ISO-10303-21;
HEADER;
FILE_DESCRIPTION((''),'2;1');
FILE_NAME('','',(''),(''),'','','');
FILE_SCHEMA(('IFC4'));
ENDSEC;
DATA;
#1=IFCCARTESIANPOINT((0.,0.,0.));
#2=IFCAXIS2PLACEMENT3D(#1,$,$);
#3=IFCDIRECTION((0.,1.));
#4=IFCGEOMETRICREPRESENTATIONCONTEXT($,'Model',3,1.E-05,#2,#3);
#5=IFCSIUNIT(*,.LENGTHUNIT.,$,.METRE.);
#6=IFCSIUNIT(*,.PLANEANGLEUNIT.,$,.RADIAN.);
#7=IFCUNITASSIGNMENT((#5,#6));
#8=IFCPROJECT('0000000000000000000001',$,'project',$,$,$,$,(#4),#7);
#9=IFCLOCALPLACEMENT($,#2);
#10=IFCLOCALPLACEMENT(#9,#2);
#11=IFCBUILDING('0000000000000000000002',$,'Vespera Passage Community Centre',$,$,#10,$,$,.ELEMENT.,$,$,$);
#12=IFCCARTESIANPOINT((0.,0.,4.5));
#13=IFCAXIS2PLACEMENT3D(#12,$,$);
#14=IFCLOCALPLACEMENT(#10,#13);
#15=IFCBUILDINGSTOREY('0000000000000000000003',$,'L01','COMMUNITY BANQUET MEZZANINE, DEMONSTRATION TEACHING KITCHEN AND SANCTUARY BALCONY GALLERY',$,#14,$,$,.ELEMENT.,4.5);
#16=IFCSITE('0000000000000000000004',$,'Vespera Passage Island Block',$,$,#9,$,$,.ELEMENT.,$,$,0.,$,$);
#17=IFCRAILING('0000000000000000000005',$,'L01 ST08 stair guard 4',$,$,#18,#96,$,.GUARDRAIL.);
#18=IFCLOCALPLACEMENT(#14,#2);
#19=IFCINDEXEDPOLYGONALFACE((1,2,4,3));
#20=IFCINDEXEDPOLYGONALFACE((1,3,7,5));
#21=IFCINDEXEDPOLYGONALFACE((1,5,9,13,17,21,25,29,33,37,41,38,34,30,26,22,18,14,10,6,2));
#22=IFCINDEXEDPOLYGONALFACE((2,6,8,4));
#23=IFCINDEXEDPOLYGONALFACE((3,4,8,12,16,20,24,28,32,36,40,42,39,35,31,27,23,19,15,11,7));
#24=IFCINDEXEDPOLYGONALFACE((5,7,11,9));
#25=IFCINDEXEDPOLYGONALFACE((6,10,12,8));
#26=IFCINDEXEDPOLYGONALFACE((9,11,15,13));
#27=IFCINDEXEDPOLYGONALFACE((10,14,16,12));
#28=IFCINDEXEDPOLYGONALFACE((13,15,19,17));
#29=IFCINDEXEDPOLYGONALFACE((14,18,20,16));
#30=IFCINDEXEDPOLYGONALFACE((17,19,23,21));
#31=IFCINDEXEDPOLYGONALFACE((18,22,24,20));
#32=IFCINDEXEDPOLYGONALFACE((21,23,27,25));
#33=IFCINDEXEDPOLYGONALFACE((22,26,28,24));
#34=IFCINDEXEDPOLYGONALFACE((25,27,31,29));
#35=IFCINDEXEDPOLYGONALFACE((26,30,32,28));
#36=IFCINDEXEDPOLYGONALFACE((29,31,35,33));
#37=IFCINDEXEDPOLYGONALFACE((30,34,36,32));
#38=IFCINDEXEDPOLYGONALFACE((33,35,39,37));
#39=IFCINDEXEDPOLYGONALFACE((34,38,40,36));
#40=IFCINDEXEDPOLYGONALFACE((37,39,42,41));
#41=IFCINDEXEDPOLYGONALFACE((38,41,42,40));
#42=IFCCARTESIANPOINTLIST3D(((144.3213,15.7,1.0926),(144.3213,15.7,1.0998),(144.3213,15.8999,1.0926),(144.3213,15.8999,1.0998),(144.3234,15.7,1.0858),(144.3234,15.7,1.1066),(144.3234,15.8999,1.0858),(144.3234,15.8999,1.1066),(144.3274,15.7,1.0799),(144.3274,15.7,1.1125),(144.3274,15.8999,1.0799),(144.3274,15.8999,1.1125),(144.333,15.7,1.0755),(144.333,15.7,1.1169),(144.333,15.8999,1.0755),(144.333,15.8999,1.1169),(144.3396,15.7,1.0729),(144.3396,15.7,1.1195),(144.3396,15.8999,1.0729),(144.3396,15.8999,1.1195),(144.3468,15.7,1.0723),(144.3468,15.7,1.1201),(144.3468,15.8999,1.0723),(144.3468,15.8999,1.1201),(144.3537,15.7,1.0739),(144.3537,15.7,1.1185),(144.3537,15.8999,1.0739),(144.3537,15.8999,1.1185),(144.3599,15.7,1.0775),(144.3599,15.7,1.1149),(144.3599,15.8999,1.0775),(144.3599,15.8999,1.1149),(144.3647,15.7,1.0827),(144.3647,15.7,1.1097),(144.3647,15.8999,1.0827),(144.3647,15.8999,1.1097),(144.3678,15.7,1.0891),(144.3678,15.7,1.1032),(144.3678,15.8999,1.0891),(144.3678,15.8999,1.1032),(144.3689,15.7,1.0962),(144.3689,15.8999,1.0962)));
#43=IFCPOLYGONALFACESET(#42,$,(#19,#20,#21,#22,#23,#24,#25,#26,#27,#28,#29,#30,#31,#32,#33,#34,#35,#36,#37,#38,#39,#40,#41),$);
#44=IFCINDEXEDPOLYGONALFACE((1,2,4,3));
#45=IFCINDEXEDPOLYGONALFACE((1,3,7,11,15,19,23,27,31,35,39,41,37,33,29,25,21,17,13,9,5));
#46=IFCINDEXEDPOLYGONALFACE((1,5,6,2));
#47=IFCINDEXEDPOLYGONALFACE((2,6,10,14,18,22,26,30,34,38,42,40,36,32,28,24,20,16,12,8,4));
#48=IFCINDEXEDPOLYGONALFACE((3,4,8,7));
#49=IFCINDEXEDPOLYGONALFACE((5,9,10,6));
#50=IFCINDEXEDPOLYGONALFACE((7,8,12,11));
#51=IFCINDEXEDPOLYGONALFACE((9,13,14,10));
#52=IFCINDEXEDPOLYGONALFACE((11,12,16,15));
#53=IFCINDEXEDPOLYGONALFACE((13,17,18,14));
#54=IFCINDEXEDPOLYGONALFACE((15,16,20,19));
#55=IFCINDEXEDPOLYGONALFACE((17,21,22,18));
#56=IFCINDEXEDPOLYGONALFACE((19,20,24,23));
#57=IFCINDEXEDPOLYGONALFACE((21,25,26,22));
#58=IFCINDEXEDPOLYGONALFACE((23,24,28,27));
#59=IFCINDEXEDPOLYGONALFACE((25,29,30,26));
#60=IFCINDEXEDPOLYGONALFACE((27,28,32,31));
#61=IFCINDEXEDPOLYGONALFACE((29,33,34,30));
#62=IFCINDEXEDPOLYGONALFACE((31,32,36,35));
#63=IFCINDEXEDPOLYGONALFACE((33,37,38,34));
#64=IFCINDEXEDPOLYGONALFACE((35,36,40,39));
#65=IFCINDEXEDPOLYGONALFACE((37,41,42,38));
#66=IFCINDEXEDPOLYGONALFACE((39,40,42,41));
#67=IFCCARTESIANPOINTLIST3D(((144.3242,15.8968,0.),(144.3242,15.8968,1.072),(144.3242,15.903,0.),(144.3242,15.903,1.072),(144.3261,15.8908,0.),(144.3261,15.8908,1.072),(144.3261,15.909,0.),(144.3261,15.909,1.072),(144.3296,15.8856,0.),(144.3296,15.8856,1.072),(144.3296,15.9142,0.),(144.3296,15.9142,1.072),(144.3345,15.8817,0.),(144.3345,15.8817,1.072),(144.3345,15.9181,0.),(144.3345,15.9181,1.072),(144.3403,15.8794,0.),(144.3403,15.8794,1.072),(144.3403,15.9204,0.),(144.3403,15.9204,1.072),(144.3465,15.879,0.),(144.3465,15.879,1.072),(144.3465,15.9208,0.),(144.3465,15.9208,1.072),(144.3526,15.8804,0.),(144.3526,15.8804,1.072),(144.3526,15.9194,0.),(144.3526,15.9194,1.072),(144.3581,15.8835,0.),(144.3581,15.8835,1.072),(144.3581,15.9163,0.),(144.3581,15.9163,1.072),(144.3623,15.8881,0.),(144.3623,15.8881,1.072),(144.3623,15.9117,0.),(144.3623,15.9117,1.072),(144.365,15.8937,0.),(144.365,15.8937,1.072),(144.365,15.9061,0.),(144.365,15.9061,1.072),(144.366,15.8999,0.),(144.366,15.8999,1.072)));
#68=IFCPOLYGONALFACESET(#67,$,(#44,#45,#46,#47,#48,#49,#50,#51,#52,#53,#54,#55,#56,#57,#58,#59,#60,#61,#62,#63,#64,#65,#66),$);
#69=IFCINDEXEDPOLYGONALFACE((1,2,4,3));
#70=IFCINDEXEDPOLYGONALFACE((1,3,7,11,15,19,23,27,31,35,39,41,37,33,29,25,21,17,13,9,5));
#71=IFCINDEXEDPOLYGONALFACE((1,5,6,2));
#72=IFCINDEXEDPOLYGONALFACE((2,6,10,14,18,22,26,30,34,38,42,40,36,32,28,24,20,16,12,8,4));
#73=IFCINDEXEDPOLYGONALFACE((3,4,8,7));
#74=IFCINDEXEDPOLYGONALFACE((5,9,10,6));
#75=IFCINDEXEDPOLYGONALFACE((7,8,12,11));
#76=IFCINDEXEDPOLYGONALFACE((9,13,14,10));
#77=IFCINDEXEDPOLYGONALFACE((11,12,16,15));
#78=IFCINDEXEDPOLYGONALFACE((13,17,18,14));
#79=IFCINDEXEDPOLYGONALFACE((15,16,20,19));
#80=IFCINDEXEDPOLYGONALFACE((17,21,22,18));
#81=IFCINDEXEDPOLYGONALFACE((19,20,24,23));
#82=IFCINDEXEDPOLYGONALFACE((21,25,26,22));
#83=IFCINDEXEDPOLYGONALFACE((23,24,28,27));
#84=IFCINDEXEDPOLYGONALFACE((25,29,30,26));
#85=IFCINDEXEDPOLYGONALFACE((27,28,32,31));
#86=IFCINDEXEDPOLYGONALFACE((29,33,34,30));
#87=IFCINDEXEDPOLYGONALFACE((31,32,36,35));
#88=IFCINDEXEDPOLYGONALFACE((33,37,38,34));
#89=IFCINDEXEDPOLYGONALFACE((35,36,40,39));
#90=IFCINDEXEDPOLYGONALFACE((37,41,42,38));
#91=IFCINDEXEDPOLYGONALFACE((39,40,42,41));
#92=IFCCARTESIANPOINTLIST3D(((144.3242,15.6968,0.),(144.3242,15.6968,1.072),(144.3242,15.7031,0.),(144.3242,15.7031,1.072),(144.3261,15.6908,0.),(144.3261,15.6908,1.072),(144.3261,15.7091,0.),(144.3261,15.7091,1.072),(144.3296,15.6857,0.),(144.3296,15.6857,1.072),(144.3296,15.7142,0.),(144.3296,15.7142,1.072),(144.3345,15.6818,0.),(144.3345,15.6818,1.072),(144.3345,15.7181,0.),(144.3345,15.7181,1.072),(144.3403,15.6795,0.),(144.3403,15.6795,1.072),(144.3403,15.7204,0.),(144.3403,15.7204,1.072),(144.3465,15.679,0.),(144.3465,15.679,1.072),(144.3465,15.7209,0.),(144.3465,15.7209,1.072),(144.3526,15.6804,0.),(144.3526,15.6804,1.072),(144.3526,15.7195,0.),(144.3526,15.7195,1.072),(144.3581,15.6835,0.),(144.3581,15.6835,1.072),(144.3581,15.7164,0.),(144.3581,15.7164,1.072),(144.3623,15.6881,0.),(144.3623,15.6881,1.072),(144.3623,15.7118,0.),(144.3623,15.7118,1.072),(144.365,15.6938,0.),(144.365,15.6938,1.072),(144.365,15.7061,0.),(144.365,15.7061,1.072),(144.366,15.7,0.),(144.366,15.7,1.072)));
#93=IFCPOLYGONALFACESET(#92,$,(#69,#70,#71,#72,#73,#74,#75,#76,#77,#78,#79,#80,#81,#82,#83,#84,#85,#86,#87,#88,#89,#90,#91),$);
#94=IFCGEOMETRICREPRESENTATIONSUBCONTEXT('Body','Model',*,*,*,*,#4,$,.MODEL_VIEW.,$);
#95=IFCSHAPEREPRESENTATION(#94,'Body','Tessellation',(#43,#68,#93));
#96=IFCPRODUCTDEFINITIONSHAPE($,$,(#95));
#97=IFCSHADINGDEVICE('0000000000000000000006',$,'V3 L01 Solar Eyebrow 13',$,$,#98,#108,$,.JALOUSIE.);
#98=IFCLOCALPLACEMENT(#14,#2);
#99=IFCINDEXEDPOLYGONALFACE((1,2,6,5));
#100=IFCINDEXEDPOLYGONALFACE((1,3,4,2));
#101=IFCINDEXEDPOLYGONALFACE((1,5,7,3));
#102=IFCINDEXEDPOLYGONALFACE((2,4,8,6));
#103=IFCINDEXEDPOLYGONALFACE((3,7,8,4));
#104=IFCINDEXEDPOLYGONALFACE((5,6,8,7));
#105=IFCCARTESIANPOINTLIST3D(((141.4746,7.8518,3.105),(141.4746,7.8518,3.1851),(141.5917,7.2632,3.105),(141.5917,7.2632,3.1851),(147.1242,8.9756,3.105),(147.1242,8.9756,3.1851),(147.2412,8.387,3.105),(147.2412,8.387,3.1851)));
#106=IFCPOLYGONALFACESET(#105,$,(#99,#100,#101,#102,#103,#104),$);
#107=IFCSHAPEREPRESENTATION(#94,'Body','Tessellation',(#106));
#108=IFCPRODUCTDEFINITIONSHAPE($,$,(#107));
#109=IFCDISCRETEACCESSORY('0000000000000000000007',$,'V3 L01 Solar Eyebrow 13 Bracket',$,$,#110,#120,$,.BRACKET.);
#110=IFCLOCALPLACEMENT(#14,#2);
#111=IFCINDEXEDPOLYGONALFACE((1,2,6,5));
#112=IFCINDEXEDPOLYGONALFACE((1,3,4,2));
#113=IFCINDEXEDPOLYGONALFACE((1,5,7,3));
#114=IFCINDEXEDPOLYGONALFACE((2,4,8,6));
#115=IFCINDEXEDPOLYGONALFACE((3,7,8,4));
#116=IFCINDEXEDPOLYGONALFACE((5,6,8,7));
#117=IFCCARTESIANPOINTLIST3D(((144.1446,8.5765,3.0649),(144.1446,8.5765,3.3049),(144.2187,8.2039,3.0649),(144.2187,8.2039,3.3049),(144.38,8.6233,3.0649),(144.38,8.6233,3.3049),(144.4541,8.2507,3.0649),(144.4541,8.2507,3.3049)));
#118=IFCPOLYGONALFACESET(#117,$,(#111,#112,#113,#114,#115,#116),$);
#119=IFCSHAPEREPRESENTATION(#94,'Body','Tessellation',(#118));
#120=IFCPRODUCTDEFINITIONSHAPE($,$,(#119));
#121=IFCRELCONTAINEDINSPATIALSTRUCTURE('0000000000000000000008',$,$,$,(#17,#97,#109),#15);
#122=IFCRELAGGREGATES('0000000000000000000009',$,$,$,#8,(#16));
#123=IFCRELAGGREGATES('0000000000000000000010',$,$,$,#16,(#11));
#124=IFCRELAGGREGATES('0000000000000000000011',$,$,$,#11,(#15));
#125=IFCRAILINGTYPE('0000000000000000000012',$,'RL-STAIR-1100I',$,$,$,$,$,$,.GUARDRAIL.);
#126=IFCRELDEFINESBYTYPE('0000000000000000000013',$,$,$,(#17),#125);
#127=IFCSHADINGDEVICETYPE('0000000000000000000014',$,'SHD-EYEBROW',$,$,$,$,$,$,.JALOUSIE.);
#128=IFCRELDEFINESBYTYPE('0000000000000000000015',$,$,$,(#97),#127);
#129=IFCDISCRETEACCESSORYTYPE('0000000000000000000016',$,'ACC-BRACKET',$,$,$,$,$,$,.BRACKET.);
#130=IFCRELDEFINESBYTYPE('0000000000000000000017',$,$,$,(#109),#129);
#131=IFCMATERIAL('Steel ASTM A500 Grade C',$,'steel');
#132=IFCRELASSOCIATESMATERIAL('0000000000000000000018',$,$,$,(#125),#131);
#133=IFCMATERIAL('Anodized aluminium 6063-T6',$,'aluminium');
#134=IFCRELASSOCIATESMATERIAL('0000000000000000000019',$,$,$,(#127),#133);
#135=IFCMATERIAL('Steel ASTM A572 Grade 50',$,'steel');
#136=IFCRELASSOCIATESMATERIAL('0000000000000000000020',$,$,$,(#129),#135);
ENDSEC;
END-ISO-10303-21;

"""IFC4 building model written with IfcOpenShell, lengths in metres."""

from ifc_helpers import new_model, si_unit, direction, frame, origin, origin_2d, place, context, subcontext, project, spatial, rectangle, circle, extrude, material, type_object, element, save


model = new_model("IFC4")

# Units and contexts
model_context = context("Model", 3, precision=1e-05, world=origin(), true_north=direction((0.0, 1.0)))
body_context = subcontext(model_context, "Body", "Model", "MODEL_VIEW")
ifc_project = project(units=[si_unit("LENGTHUNIT", "METRE"), si_unit("PLANEANGLEUNIT", "RADIAN")], contexts=[model_context])

# Site, building, storey
site_placement = place(None, origin())
site = spatial("IfcSite", under=ifc_project, at=site_placement, Name="Vespera Passage Island Block", CompositionType="ELEMENT", RefElevation=0.0)
building_placement = place(site_placement, origin())
building = spatial("IfcBuilding", under=site, at=building_placement, Name="Vespera Passage Community Centre", CompositionType="ELEMENT")
storey_placement = place(building_placement, frame((0.0, 0.0, 4.5)))
storey = spatial("IfcBuildingStorey", under=building, at=storey_placement, Name="L01", Description="COMMUNITY BANQUET MEZZANINE, DEMONSTRATION TEACHING KITCHEN AND SANCTUARY BALCONY GALLERY", CompositionType="ELEMENT", Elevation=4.5)

# Railing
ifc_material_1 = material(Name="Steel ASTM A500 Grade C", Category="steel")
railing_type_1 = type_object("IfcRailingType", Name="RL-STAIR-1100I", PredefinedType="GUARDRAIL", material=ifc_material_1)
railing_1_placement = place(storey_placement, frame((144.345, 15.8999, 0.0)))
element("IfcRailing", 1, at=railing_1_placement, inside=storey, type_object=railing_type_1, Name="L01 ST08 stair guard 4", PredefinedType="GUARDRAIL", context=body_context, shape_type="SweptSolid", body=[
    extrude(circle(Radius=0.0239, at=origin_2d()), frame((0.0, 0.0, 1.0962), z_axis=(0.0, -1.0, 0.0), x_axis=(1.0, 0.0, 0.0)), (0.0, 0.0, 1.0), 0.2),
    extrude(circle(Radius=0.021, at=origin_2d()), origin(), (0.0, 0.0, 1.0), 1.072),
    extrude(circle(Radius=0.021, at=origin_2d()), frame((0.0, -0.2, 0.0)), (0.0, 0.0, 1.0), 1.072),
])

# Shading device
ifc_material_2 = material(Name="Anodized aluminium 6063-T6", Category="aluminium")
shading_device_type = type_object("IfcShadingDeviceType", Name="SHD-EYEBROW", PredefinedType="JALOUSIE", material=ifc_material_2)
shading_device_placement = place(storey_placement, frame((144.3579, 8.1194, 3.105), z_axis=(0.0, 0.0, 1.0), x_axis=(-0.980785, -0.19509, 0.0)))
element("IfcShadingDevice", 2, at=shading_device_placement, inside=storey, type_object=shading_device_type, Name="V3 L01 Solar Eyebrow 13", PredefinedType="JALOUSIE", context=body_context, shape_type="SweptSolid", body=[
    extrude(rectangle(XDim=5.7603, YDim=0.6001, at=origin_2d()), origin(), (0.0, 0.0, 1.0), 0.0801),
])

# Discrete accessory
ifc_material_3 = material(Name="Steel ASTM A572 Grade 50", Category="steel")
discrete_accessory_type = type_object("IfcDiscreteAccessoryType", Name="ACC-BRACKET", PredefinedType="BRACKET", material=ifc_material_3)
discrete_accessory_placement = place(storey_placement, frame((144.2993, 8.4136, 3.0649), z_axis=(0.0, 0.0, 1.0), x_axis=(-0.980785, -0.19509, 0.0)))
element("IfcDiscreteAccessory", 3, at=discrete_accessory_placement, inside=storey, type_object=discrete_accessory_type, Name="V3 L01 Solar Eyebrow 13 Bracket", PredefinedType="BRACKET", context=body_context, shape_type="SweptSolid", body=[
    extrude(rectangle(XDim=0.24, YDim=0.3799, at=origin_2d()), origin(), (0.0, 0.0, 1.0), 0.24),
])

save(model, "model.ifc")
